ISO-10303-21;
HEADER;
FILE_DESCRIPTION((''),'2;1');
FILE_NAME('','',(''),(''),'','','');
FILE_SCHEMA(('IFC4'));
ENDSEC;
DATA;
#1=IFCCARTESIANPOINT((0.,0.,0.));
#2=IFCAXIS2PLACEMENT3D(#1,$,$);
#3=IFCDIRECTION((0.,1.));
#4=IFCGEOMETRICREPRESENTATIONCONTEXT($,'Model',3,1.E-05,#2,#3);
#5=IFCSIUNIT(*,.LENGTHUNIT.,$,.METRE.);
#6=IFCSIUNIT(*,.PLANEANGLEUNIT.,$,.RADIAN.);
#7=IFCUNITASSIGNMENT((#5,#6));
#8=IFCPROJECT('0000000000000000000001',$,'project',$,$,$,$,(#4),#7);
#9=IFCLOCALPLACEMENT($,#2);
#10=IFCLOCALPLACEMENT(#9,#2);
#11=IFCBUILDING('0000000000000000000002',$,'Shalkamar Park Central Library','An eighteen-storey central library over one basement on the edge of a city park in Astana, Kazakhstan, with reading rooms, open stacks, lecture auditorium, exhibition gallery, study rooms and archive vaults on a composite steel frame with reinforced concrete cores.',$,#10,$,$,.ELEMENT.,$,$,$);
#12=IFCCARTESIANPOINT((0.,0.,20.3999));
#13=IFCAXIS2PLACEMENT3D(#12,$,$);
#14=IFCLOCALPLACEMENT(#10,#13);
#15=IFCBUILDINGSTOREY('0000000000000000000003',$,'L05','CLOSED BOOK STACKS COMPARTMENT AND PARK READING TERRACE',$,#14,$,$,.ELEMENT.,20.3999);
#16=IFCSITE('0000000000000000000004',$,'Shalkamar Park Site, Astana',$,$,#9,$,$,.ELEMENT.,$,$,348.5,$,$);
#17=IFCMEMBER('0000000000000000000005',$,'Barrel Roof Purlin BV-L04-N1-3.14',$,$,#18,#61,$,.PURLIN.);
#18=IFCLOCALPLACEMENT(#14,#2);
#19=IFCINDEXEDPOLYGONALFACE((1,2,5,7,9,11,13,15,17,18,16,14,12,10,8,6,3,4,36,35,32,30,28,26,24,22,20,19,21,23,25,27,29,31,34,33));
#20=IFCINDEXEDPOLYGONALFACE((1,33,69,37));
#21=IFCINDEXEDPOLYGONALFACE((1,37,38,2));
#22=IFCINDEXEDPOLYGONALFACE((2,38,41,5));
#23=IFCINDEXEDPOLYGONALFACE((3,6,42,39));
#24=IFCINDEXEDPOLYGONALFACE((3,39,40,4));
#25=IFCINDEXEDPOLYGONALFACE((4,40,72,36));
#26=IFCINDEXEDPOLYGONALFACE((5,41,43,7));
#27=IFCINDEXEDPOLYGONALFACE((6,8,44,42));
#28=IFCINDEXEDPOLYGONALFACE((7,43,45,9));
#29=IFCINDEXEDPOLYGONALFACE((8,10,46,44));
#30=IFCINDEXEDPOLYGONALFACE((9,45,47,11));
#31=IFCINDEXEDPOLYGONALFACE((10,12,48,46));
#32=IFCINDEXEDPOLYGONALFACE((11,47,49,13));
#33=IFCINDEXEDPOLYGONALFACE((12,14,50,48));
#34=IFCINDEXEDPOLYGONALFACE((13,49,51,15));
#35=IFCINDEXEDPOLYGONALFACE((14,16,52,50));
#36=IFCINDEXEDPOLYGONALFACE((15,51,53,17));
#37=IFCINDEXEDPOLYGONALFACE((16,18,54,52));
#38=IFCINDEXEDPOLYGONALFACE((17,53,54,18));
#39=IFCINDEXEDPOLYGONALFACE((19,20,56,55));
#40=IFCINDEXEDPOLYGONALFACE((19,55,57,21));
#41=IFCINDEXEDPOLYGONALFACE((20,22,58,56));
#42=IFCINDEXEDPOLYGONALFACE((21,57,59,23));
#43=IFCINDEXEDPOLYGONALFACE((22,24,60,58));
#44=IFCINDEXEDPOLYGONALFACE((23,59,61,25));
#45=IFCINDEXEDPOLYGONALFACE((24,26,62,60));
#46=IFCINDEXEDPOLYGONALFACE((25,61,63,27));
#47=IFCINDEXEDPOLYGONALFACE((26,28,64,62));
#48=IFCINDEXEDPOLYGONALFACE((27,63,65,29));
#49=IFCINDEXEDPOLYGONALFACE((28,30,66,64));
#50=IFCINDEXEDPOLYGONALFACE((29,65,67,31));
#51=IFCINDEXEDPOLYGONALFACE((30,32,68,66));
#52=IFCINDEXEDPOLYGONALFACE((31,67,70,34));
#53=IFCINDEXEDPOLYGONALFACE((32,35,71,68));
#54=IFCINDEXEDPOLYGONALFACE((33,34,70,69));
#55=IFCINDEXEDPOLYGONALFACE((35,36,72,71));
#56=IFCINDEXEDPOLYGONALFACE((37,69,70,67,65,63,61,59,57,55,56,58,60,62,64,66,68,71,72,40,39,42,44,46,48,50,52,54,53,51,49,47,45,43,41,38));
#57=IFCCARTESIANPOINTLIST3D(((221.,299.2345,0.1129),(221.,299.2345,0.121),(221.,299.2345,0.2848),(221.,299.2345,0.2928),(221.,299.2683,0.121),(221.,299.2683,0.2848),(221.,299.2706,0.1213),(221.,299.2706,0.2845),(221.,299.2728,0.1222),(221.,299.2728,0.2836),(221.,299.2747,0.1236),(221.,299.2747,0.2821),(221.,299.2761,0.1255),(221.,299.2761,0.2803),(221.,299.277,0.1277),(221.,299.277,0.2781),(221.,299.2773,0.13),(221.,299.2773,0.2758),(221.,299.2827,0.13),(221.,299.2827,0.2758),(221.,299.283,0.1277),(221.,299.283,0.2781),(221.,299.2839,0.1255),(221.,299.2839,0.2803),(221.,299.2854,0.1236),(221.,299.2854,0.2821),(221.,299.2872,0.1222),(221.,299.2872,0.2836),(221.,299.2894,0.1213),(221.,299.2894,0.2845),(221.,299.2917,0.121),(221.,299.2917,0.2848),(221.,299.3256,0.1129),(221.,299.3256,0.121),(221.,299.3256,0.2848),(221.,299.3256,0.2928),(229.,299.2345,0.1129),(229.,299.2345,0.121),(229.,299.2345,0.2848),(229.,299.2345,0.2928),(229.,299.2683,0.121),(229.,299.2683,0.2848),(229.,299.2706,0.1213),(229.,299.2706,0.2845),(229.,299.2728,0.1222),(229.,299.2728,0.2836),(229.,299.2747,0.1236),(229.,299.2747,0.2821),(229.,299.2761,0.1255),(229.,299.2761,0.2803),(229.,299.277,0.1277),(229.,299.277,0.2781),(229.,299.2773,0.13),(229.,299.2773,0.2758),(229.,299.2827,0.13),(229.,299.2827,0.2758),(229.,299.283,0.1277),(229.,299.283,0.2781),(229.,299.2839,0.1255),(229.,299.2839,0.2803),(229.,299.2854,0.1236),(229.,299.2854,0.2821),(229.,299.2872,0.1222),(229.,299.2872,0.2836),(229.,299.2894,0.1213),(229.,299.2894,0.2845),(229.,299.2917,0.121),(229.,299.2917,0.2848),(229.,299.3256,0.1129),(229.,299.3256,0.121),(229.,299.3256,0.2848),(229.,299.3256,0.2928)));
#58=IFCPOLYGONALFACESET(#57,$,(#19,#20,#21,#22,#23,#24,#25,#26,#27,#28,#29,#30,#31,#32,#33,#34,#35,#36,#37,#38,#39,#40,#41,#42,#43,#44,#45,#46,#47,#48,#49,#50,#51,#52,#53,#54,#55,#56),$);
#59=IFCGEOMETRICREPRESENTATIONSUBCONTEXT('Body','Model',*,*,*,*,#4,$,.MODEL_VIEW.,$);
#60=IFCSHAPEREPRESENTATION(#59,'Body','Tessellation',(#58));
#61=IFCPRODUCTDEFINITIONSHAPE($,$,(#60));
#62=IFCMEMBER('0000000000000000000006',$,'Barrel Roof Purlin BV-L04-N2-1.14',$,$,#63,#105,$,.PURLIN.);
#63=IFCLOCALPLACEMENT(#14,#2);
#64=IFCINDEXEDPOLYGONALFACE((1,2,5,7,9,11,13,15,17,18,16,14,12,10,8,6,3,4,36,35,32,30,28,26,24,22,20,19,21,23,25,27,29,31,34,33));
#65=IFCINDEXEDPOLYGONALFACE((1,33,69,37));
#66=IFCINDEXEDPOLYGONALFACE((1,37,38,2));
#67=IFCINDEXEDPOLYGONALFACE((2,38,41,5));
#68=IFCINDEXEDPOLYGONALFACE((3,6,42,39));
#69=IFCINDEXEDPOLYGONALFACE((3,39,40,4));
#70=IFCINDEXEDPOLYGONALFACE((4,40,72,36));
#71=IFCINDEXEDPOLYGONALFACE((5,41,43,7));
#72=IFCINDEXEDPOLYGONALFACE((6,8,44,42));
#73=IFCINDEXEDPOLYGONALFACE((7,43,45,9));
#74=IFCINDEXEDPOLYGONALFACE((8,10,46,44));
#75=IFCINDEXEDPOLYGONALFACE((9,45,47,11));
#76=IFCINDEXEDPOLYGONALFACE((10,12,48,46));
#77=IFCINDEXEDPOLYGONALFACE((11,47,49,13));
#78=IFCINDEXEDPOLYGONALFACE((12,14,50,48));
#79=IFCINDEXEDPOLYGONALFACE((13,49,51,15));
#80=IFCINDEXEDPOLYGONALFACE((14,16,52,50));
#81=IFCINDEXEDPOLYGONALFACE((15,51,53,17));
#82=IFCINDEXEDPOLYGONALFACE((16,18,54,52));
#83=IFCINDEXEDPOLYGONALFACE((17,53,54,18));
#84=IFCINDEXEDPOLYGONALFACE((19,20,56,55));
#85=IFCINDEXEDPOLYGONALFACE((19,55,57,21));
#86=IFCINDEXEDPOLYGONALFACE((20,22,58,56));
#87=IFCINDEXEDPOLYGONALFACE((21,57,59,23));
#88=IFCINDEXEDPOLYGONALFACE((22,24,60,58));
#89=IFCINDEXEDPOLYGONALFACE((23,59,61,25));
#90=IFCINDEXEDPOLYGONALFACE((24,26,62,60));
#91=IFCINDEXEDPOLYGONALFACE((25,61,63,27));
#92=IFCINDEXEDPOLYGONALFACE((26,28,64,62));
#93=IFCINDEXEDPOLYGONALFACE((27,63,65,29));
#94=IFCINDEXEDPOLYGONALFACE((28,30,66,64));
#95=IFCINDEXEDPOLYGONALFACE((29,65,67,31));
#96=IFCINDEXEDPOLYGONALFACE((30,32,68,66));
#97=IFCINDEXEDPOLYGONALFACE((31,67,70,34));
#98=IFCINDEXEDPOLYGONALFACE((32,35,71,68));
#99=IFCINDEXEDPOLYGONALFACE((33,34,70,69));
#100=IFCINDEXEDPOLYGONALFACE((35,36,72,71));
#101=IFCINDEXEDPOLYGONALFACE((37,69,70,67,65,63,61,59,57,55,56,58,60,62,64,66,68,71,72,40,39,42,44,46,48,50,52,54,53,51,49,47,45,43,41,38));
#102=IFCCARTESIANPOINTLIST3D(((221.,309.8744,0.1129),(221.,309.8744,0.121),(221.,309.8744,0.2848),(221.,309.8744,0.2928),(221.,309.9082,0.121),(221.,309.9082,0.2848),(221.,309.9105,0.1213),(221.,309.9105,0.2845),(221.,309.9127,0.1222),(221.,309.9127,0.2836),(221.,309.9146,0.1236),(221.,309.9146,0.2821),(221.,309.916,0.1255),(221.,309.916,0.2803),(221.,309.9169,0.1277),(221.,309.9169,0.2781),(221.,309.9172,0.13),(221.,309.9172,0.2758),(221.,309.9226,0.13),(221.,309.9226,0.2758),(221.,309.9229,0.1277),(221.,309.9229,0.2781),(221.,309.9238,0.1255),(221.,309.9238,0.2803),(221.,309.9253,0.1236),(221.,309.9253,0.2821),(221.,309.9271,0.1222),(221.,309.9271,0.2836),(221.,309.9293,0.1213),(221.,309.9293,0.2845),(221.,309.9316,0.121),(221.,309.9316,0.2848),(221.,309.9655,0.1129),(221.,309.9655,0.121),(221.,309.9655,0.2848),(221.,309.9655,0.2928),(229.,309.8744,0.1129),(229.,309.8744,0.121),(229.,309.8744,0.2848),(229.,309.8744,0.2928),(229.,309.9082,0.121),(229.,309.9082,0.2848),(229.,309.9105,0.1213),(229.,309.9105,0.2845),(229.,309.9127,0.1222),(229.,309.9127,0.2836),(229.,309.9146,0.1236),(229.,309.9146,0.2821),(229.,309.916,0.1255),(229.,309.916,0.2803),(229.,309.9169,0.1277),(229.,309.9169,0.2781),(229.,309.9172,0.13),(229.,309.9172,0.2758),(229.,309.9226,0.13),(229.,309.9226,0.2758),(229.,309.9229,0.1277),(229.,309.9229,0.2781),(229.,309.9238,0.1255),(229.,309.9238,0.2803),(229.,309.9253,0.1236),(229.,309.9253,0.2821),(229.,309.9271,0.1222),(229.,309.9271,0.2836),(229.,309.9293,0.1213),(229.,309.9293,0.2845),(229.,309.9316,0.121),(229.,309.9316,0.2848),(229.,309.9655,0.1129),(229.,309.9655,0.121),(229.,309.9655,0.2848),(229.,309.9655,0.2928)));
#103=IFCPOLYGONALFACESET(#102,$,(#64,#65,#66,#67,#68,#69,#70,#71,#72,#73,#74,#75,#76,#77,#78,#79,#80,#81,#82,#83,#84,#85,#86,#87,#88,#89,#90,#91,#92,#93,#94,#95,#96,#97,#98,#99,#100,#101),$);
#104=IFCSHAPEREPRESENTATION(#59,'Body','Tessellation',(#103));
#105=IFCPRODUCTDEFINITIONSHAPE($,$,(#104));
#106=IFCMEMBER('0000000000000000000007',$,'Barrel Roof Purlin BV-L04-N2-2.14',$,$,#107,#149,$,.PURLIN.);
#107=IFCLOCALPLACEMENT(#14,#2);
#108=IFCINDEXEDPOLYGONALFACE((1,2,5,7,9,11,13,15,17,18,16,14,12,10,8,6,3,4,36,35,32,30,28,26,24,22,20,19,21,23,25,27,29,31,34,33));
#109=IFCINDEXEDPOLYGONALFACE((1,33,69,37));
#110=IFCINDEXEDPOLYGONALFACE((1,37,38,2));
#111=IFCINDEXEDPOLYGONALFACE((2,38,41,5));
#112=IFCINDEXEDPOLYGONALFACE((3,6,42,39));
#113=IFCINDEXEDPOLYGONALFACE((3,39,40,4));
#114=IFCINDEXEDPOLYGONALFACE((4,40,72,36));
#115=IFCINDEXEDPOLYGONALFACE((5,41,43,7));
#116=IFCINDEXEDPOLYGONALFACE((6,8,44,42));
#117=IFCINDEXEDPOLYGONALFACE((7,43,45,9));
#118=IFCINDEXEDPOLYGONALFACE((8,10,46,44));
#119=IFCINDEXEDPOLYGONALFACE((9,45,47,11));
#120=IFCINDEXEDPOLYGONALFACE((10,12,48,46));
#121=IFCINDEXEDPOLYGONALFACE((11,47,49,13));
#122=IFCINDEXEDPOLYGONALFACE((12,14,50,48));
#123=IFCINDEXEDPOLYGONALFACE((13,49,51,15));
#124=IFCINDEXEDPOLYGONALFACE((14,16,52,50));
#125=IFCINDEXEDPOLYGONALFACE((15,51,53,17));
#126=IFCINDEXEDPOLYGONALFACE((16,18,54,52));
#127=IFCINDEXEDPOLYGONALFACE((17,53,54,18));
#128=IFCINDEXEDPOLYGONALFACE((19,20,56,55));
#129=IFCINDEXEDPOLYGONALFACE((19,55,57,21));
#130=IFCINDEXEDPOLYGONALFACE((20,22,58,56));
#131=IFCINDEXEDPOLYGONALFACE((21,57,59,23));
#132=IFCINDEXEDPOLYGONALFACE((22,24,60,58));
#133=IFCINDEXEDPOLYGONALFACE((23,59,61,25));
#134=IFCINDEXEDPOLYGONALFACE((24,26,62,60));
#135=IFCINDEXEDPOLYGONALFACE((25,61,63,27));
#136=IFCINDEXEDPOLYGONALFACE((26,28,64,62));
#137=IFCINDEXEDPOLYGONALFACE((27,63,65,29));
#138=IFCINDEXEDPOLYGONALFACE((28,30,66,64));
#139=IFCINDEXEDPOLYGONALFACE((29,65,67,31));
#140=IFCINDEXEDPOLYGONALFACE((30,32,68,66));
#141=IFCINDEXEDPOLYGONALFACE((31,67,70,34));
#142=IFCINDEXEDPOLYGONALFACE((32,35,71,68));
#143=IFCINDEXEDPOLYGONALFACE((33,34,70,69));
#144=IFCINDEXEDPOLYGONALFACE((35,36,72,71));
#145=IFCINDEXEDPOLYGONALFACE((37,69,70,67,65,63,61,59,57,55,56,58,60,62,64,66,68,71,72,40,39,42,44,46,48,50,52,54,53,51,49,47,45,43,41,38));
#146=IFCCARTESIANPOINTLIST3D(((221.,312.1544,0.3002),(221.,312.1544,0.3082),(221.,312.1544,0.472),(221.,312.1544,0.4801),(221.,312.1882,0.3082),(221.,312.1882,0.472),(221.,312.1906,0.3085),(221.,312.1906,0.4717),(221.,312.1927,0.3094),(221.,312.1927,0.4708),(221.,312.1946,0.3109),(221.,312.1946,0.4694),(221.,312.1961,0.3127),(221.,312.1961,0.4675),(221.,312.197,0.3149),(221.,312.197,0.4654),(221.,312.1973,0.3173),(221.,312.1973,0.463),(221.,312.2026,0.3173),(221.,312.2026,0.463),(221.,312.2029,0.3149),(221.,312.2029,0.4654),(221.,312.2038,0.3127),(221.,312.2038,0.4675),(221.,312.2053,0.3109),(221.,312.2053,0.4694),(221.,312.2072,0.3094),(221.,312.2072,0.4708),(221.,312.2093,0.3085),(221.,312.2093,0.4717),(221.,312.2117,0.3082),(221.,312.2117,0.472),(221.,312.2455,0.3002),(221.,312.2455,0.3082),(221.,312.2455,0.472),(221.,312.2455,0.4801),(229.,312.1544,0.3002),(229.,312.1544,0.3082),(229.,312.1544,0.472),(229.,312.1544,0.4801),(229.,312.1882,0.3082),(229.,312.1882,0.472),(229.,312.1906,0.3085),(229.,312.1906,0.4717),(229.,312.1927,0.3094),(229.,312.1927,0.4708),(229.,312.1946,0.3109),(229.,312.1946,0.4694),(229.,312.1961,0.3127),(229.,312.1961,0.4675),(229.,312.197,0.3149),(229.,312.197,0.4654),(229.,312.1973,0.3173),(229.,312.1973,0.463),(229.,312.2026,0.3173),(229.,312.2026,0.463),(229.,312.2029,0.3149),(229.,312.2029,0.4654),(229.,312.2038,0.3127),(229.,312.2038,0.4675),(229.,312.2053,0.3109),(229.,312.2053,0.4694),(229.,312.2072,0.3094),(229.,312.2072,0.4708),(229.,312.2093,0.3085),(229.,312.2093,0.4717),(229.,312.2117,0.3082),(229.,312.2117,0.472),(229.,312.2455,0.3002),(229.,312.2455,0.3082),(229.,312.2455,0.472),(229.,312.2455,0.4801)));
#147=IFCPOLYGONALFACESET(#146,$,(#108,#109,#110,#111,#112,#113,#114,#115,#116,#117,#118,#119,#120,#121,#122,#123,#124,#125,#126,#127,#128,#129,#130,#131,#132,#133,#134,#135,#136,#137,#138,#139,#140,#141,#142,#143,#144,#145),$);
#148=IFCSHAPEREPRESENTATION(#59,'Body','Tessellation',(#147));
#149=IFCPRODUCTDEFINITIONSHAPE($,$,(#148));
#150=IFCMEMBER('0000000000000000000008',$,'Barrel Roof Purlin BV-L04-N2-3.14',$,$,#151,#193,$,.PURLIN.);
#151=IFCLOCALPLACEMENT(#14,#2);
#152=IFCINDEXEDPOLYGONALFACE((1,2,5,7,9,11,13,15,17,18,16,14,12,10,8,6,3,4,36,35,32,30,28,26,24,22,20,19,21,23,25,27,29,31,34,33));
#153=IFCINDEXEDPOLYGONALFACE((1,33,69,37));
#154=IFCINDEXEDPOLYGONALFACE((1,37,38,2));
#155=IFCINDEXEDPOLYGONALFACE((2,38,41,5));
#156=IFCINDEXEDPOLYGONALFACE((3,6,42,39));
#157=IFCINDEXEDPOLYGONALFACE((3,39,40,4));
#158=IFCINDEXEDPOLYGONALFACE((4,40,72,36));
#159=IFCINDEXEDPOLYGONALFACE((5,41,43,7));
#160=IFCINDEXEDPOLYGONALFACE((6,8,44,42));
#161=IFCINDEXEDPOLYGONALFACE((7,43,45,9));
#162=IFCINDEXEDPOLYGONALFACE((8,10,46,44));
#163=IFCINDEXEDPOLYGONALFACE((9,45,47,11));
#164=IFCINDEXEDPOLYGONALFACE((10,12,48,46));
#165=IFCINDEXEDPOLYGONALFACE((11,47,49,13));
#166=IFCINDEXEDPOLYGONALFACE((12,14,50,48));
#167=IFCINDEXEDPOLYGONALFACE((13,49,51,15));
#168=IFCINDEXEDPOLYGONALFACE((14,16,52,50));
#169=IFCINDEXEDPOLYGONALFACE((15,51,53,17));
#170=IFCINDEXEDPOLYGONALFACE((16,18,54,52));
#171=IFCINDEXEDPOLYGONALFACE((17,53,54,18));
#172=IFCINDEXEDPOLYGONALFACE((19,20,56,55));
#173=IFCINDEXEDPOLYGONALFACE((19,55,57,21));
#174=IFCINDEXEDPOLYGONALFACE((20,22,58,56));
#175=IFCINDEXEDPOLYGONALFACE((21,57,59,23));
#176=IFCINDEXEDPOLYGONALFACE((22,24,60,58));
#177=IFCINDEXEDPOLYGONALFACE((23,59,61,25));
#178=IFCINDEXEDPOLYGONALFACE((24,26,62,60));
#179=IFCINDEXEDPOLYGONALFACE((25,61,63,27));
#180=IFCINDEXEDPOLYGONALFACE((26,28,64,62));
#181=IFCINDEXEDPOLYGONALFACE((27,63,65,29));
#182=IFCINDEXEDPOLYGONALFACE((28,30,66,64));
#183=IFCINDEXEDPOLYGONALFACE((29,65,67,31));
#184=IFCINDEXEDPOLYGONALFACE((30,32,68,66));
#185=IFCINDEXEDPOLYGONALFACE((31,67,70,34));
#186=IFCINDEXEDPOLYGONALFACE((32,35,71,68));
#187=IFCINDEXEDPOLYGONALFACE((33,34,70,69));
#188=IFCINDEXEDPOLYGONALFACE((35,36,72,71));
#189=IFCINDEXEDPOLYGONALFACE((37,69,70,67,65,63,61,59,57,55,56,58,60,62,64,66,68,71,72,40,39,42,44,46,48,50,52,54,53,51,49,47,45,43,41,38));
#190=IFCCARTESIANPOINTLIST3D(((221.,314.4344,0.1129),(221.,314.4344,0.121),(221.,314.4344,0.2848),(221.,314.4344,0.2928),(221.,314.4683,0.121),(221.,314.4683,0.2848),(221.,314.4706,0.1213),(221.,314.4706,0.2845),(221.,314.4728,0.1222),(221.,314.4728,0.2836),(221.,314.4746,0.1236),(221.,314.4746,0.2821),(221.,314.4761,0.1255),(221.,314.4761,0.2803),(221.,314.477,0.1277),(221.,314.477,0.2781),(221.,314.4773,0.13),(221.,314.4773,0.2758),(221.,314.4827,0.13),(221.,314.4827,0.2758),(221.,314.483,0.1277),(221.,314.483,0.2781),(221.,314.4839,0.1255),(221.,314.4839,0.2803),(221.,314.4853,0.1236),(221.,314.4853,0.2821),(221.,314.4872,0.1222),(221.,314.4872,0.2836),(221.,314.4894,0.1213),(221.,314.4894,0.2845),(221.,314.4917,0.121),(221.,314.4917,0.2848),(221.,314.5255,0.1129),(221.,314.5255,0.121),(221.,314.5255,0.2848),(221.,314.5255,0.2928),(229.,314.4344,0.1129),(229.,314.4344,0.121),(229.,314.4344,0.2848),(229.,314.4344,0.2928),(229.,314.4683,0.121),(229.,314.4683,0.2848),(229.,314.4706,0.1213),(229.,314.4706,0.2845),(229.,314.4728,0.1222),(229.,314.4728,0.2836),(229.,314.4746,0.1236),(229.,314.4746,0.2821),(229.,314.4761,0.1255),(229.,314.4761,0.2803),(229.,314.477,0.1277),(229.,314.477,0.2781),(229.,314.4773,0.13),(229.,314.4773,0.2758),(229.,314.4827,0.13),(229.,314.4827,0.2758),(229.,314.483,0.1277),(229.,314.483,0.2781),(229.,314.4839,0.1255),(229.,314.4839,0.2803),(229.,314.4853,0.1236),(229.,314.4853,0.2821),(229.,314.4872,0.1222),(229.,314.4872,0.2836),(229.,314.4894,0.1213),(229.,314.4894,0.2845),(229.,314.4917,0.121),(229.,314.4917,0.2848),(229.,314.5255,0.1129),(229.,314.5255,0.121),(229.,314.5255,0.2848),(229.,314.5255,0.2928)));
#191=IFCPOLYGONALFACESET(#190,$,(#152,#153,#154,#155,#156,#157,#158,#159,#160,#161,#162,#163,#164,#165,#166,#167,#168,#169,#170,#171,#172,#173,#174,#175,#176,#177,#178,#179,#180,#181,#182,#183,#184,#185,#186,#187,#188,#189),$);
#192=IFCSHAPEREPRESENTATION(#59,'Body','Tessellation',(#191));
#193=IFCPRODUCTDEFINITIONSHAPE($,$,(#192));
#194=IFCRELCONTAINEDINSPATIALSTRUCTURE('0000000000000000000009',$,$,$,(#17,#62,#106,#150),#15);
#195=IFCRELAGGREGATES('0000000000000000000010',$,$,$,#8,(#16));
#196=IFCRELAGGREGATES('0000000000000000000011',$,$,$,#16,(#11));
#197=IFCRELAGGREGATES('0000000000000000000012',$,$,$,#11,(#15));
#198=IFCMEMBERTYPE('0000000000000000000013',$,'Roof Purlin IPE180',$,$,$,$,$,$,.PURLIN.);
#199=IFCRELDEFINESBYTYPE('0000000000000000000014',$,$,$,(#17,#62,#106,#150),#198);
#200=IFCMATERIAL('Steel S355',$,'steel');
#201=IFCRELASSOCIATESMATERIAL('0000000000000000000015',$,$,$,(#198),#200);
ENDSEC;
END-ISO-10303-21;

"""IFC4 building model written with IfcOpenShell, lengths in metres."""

from ifc_helpers import new_model, si_unit, direction, frame, origin, origin_2d, place, context, subcontext, project, spatial, i_section, extrude, material, material_profile, profile_set, type_object, element, save


model = new_model("IFC4")

# Units and contexts
model_context = context("Model", 3, precision=1e-05, world=origin(), true_north=direction((0.0, 1.0)))
body_context = subcontext(model_context, "Body", "Model", "MODEL_VIEW")
ifc_project = project(units=[si_unit("LENGTHUNIT", "METRE"), si_unit("PLANEANGLEUNIT", "RADIAN")], contexts=[model_context])

# Site, building, storey
site_placement = place(None, origin())
site = spatial("IfcSite", under=ifc_project, at=site_placement, Name="Shalkamar Park Site, Astana", CompositionType="ELEMENT", RefElevation=348.5)
building_placement = place(site_placement, origin())
building = spatial("IfcBuilding", under=site, at=building_placement, Name="Shalkamar Park Central Library", Description="An eighteen-storey central library over one basement on the edge of a city park in Astana, Kazakhstan, with reading rooms, open stacks, lecture auditorium, exhibition gallery, study rooms and archive vaults on a composite steel frame with reinforced concrete cores.", CompositionType="ELEMENT")
storey_placement = place(building_placement, frame((0.0, 0.0, 20.3999)))
storey = spatial("IfcBuildingStorey", under=building, at=storey_placement, Name="L05", Description="CLOSED BOOK STACKS COMPARTMENT AND PARK READING TERRACE", CompositionType="ELEMENT", Elevation=20.3999)

# Members
ifc_material_1 = material(Name="Steel S355", Category="steel")
ifc_material_profile_1 = material_profile(ifc_material_1, i_section(OverallWidth=0.0911, OverallDepth=0.1799, WebThickness=0.0054, FlangeThickness=0.0081, FilletRadius=0.009, at=origin_2d()), Name="IPE 180")
ifc_profile_set_1 = profile_set([ifc_material_profile_1], Name="Steel S355")
member_type_1 = type_object("IfcMemberType", Name="Roof Purlin IPE180", PredefinedType="PURLIN", material=ifc_profile_set_1)
for number, where, z_axis, x_axis, name in (
    (1, (221.0, 299.28, 0.2029), (1.0, 0.0, 0.0), (0.0, 1.0, 0.0), "Barrel Roof Purlin BV-L04-N1-3.14"),
    (2, (221.0, 309.9199, 0.2029), (1.0, 0.0, 0.0), (0.0, 1.0, 0.0), "Barrel Roof Purlin BV-L04-N2-1.14"),
    (3, (221.0, 312.2, 0.3901), (1.0, 0.0, 0.0), (0.0, 1.0, 0.0), "Barrel Roof Purlin BV-L04-N2-2.14"),
    (4, (221.0, 314.48, 0.2029), (1.0, 0.0, 0.0), (0.0, 1.0, 0.0), "Barrel Roof Purlin BV-L04-N2-3.14"),
):
    element("IfcMember", number, at=place(storey_placement, frame(where, z_axis=z_axis, x_axis=x_axis)), inside=storey, type_object=member_type_1, Name=name, PredefinedType="PURLIN", context=body_context, shape_type="SweptSolid", body=[
        extrude(i_section(OverallWidth=0.0911, OverallDepth=0.1799, WebThickness=0.0054, FlangeThickness=0.0081, FilletRadius=0.009, at=origin_2d()), origin(), (0.0, 0.0, 1.0), 8.0),
    ])

save(model, "model.ifc")
